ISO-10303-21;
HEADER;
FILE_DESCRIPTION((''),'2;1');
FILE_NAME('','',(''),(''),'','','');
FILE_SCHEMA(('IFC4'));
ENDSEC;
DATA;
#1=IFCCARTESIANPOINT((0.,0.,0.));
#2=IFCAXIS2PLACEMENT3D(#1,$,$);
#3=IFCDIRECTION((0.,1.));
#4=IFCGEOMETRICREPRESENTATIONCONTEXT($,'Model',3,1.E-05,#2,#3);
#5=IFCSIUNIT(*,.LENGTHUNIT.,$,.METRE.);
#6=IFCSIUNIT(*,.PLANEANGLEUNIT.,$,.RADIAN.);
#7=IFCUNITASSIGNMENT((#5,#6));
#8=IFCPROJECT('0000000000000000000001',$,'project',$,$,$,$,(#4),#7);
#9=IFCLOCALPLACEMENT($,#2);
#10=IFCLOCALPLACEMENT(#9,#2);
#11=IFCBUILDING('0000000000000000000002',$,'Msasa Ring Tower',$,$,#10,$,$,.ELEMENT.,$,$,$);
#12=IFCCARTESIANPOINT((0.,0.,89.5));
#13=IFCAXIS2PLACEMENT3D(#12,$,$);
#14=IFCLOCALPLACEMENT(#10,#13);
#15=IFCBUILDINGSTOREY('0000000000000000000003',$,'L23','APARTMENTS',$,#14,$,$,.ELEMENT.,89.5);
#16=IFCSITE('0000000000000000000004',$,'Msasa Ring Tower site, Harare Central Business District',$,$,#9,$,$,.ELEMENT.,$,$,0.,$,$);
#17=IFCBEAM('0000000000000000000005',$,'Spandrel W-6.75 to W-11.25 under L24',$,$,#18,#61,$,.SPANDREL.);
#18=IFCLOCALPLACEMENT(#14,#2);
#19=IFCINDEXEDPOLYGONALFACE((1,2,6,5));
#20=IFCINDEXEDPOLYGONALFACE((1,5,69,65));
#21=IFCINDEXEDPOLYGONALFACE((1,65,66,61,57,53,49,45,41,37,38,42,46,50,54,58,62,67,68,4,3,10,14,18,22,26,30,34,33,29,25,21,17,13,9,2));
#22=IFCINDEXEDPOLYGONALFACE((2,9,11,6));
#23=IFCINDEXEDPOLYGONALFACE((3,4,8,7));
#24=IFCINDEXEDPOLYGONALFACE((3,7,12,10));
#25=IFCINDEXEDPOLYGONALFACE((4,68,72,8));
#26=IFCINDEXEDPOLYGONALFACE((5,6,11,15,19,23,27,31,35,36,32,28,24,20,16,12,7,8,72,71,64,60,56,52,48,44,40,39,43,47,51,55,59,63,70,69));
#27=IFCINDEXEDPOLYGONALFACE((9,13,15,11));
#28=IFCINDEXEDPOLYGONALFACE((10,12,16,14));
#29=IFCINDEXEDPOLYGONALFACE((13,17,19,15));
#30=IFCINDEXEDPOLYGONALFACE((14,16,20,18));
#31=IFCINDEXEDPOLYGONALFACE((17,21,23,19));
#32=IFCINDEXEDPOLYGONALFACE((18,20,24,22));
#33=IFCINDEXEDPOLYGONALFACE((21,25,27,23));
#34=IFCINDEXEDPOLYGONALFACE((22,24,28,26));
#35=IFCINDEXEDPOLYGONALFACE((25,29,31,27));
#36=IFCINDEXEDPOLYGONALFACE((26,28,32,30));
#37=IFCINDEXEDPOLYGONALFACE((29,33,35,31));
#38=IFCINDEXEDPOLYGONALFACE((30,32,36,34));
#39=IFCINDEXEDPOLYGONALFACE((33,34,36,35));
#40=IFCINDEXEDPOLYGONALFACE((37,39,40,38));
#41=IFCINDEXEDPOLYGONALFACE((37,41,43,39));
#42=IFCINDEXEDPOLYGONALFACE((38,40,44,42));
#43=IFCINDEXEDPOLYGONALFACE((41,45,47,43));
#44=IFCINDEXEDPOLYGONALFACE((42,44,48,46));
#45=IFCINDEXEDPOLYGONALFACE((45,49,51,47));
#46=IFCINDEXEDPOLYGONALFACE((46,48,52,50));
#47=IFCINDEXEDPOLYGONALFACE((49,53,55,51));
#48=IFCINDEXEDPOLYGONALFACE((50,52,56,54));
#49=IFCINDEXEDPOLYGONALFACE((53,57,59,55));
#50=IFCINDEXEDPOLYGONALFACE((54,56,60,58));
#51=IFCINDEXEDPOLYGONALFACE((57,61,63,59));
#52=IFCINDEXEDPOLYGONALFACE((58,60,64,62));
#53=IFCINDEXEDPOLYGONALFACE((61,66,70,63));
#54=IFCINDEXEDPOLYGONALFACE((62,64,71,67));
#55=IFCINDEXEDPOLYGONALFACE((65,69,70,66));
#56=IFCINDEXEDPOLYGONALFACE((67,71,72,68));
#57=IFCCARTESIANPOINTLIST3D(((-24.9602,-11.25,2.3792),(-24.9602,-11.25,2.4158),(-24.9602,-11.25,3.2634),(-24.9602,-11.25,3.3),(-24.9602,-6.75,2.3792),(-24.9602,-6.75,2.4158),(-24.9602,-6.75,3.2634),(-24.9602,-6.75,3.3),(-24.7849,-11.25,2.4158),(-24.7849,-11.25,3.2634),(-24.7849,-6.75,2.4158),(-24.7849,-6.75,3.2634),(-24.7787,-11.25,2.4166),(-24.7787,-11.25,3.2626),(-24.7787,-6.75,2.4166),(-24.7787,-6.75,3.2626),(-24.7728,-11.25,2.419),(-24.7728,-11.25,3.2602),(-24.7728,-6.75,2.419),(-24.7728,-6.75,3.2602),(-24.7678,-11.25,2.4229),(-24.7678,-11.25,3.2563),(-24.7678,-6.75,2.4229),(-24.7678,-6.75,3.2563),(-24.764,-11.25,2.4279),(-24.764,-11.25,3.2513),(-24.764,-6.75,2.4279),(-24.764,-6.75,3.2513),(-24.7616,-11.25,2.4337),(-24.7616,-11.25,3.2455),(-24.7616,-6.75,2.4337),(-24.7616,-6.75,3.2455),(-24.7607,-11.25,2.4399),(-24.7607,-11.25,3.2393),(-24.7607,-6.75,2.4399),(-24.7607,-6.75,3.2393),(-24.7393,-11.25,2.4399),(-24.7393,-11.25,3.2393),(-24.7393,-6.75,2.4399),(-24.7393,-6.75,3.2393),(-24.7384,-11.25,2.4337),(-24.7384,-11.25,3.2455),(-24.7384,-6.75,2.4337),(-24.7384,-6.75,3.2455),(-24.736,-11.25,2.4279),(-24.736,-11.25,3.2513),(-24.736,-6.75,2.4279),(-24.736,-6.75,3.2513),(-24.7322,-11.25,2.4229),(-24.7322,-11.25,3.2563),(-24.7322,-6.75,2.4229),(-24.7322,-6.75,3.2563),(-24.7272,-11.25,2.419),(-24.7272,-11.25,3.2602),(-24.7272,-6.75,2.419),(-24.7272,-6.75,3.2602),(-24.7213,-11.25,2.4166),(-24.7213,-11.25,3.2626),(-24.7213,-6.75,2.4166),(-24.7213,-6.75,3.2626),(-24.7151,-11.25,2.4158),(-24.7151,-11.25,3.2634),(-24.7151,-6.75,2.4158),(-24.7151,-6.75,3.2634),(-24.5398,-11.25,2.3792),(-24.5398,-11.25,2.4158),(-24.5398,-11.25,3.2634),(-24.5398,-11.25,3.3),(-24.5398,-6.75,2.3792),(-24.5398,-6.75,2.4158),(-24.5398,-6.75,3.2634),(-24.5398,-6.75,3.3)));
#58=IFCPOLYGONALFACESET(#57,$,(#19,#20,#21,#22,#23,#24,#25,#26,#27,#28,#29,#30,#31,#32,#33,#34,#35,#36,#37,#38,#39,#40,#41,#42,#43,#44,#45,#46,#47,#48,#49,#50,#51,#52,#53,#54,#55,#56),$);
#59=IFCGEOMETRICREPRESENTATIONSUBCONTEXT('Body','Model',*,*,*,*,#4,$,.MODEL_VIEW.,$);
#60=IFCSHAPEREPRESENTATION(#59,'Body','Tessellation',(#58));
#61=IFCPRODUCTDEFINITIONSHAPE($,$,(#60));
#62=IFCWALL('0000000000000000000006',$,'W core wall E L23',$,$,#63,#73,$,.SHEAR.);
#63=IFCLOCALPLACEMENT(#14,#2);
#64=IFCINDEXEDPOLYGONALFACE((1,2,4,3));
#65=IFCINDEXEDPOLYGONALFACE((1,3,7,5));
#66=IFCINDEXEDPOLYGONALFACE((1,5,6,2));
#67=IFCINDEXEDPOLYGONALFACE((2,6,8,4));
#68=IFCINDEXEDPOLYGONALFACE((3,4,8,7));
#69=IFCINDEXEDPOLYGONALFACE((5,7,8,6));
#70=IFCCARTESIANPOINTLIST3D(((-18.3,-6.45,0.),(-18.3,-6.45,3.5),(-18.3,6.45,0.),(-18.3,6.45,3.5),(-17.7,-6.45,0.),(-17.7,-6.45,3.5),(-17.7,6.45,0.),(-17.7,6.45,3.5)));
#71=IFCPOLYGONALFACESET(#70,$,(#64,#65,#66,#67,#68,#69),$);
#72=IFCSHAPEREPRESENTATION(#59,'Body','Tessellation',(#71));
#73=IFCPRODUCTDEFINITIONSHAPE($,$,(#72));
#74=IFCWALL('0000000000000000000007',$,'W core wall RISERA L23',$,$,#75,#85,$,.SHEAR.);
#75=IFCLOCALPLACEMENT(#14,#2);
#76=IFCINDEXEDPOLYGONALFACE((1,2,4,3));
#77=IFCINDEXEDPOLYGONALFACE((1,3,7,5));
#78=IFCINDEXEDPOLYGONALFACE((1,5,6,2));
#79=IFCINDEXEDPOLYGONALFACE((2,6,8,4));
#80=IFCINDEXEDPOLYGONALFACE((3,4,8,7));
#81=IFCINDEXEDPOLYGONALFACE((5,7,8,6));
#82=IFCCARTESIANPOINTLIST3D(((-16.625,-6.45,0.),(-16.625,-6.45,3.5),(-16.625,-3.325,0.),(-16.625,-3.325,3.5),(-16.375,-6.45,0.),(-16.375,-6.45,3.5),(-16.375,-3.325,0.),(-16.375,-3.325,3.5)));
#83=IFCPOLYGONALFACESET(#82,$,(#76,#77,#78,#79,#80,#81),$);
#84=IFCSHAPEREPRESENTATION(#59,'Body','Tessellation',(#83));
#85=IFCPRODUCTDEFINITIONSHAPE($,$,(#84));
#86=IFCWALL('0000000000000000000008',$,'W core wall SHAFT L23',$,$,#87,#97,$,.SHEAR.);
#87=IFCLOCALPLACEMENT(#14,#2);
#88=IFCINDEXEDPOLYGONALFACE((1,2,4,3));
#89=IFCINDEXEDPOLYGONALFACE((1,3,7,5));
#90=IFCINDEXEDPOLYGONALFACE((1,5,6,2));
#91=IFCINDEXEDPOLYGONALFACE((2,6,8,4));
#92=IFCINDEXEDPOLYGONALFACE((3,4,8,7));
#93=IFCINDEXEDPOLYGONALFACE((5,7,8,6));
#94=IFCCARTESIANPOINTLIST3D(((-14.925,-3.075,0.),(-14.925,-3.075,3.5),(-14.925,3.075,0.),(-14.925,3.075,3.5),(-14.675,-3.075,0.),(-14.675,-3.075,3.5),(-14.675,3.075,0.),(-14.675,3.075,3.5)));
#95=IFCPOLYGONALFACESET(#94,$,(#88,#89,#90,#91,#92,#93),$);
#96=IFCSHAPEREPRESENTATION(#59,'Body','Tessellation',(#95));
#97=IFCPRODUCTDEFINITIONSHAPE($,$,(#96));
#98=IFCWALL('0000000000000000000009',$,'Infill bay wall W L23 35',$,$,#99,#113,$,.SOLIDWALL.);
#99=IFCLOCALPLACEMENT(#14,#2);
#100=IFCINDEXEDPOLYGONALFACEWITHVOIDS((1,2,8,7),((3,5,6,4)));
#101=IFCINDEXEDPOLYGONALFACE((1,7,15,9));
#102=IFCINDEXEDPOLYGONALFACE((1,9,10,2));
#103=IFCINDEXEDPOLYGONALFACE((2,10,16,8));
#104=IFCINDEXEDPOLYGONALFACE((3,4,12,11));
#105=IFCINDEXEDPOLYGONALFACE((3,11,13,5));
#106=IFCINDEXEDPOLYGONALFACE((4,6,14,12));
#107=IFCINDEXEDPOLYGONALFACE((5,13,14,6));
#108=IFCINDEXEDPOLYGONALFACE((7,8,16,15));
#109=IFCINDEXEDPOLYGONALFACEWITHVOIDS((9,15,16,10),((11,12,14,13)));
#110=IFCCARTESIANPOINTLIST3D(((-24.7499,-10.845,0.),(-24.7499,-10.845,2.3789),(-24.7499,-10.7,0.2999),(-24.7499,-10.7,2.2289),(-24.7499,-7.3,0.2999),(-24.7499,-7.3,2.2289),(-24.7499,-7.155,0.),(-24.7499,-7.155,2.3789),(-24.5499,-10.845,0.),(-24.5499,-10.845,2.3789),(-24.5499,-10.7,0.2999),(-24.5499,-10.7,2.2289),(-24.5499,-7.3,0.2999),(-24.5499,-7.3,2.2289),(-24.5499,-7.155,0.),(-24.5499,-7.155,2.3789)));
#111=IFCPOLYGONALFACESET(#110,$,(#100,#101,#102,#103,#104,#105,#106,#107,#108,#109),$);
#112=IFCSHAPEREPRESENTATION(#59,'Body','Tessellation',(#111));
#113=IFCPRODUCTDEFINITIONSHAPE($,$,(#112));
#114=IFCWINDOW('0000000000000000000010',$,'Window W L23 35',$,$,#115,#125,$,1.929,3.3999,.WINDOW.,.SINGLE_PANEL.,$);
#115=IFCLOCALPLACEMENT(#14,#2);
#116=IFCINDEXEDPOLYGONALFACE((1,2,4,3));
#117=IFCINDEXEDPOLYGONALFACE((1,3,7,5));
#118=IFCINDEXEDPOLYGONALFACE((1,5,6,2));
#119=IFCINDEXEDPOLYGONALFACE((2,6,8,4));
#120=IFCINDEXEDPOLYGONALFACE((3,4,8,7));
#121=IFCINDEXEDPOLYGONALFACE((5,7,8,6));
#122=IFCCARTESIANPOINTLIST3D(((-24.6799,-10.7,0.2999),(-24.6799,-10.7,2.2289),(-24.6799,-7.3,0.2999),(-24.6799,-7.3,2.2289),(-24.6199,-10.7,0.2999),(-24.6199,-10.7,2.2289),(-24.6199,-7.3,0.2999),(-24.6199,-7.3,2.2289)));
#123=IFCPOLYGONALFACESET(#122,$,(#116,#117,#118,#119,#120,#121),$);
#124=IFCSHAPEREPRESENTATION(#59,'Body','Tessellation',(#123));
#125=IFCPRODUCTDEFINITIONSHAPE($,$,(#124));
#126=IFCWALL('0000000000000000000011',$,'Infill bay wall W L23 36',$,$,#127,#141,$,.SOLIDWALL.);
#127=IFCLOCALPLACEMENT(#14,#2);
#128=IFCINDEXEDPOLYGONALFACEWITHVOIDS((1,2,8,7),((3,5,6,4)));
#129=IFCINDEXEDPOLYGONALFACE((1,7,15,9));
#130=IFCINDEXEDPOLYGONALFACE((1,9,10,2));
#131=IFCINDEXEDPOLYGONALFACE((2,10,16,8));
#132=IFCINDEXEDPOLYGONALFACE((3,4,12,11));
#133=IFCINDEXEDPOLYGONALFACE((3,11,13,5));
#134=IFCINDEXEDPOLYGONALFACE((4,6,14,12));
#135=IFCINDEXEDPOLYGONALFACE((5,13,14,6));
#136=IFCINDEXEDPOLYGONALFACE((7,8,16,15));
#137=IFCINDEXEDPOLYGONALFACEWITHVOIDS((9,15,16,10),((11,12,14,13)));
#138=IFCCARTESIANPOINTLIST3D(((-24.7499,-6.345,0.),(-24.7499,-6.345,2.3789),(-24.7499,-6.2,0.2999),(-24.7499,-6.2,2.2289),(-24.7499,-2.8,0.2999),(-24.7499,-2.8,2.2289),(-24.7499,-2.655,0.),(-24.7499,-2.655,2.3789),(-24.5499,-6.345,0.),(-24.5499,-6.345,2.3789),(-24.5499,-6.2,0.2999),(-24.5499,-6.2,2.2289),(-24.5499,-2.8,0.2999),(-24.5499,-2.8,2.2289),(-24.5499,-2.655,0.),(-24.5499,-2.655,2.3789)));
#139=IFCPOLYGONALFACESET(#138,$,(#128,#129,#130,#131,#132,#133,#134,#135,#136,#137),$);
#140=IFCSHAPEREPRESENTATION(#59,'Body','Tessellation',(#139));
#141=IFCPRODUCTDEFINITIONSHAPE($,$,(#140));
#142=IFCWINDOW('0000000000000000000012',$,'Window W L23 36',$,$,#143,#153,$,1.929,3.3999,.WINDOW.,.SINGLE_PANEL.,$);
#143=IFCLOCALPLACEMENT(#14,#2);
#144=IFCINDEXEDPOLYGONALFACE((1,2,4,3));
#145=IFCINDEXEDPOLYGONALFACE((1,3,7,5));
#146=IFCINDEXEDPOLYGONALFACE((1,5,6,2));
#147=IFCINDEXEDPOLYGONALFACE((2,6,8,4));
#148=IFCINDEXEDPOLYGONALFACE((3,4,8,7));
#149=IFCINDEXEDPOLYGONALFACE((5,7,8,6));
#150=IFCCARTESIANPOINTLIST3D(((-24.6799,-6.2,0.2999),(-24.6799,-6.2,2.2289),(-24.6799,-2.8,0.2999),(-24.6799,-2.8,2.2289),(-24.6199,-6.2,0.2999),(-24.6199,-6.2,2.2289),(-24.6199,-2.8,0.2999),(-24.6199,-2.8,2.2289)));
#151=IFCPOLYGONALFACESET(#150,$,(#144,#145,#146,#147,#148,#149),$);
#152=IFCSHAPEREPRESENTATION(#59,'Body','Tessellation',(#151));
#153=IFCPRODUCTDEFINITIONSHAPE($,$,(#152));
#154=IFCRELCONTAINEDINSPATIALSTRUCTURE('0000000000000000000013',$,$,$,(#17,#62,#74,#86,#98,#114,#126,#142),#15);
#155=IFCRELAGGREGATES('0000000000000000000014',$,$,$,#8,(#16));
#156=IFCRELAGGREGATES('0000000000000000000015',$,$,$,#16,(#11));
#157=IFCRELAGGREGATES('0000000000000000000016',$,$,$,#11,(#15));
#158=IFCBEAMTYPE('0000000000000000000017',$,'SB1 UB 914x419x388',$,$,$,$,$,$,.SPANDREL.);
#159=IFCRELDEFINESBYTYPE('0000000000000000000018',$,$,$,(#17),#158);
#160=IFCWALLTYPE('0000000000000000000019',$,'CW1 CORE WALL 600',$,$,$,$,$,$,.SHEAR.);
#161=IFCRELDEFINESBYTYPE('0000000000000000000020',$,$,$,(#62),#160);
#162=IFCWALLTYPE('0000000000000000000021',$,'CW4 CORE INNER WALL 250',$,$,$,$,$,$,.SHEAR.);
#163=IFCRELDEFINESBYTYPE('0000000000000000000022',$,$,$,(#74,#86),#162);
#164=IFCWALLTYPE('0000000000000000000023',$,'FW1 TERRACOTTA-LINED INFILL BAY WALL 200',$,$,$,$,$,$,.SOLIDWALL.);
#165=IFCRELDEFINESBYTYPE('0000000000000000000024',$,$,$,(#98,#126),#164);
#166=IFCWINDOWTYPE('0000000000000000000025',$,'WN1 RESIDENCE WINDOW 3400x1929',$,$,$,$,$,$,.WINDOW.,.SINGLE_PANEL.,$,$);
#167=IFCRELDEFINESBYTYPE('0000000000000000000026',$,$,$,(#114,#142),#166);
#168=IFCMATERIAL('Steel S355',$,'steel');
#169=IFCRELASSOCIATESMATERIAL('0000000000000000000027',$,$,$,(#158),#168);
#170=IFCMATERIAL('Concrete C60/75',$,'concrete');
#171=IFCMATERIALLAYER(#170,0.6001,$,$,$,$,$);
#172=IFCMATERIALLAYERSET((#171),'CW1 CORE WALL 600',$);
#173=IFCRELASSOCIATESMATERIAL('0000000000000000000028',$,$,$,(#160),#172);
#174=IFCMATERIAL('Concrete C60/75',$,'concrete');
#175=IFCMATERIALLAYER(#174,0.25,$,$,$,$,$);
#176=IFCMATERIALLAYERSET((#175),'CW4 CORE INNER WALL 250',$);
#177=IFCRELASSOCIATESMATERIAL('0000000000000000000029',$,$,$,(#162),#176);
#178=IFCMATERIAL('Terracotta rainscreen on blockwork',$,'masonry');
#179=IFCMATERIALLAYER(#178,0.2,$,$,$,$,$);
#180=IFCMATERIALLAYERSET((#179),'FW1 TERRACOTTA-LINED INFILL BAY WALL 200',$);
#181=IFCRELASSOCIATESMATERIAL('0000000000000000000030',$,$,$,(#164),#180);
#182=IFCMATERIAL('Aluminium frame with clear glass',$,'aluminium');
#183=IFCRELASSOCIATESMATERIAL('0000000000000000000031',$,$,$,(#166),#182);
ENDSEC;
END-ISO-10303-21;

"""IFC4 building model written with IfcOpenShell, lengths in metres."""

from ifc_helpers import new_model, si_unit, direction, frame, frame_2d, origin, origin_2d, place, context, subcontext, project, spatial, rectangle, i_section, extrude, material, layer, layer_set, material_profile, profile_set, type_object, element, fill, save


model = new_model("IFC4")

# Units and contexts
model_context = context("Model", 3, precision=1e-05, world=origin(), true_north=direction((0.0, 1.0)))
body_context = subcontext(model_context, "Body", "Model", "MODEL_VIEW")
ifc_project = project(units=[si_unit("LENGTHUNIT", "METRE"), si_unit("PLANEANGLEUNIT", "RADIAN")], contexts=[model_context])

# Site, building, storey
site_placement = place(None, origin())
site = spatial("IfcSite", under=ifc_project, at=site_placement, Name="Msasa Ring Tower site, Harare Central Business District", CompositionType="ELEMENT", RefElevation=0.0)
building_placement = place(site_placement, origin())
building = spatial("IfcBuilding", under=site, at=building_placement, Name="Msasa Ring Tower", CompositionType="ELEMENT")
storey_placement = place(building_placement, frame((0.0, 0.0, 89.5)))
storey = spatial("IfcBuildingStorey", under=building, at=storey_placement, Name="L23", Description="APARTMENTS", CompositionType="ELEMENT", Elevation=89.5)

# Beam
ifc_material_1 = material(Name="Steel S355", Category="steel")
ifc_material_profile_1 = material_profile(ifc_material_1, i_section(OverallWidth=0.4204, OverallDepth=0.9209, WebThickness=0.0215, FlangeThickness=0.0366, FilletRadius=0.0242, at=origin_2d()), Name="UB 914x419x388")
ifc_profile_set_1 = profile_set([ifc_material_profile_1], Name="Steel S355")
beam_type_1 = type_object("IfcBeamType", Name="SB1 UB 914x419x388", PredefinedType="SPANDREL", material=ifc_profile_set_1)
for number, where, z_axis, x_axis, name in (
    (1, (-24.75, -6.75, 2.8396), (0.0, -1.0, 0.0), (1.0, 0.0, 0.0), "Spandrel W-6.75 to W-11.25 under L24"),
):
    element("IfcBeam", number, at=place(storey_placement, frame(where, z_axis=z_axis, x_axis=x_axis)), inside=storey, type_object=beam_type_1, Name=name, PredefinedType="SPANDREL", context=body_context, shape_type="SweptSolid", body=[
        extrude(i_section(OverallWidth=0.4204, OverallDepth=0.9209, WebThickness=0.0215, FlangeThickness=0.0366, FilletRadius=0.0242, at=origin_2d()), origin(), (0.0, 0.0, 1.0), 4.5),
    ])

# Walls
ifc_material_2 = material(Name="Concrete C60/75", Category="concrete")
ifc_layer_1 = layer(ifc_material_2, 0.6001)
ifc_layer_set_1 = layer_set([ifc_layer_1], Name="CW1 CORE WALL 600")
wall_type_1 = type_object("IfcWallType", Name="CW1 CORE WALL 600", PredefinedType="SHEAR", material=ifc_layer_set_1)
wall_1_placement = place(storey_placement, frame((-18.0, -6.45, 0.0), z_axis=(0.0, 0.0, 1.0), x_axis=(0.0, 1.0, 0.0)))
element("IfcWall", 2, at=wall_1_placement, inside=storey, type_object=wall_type_1, Name="W core wall E L23", PredefinedType="SHEAR", context=body_context, shape_type="SweptSolid", body=[
    extrude(rectangle(XDim=12.8999, YDim=0.6001, at=frame_2d((6.45, 0.0))), origin(), (0.0, 0.0, 1.0), 3.5),
])
ifc_material_3 = material(Name="Concrete C60/75", Category="concrete")
ifc_layer_2 = layer(ifc_material_3, 0.25)
ifc_layer_set_2 = layer_set([ifc_layer_2], Name="CW4 CORE INNER WALL 250")
wall_type_2 = type_object("IfcWallType", Name="CW4 CORE INNER WALL 250", PredefinedType="SHEAR", material=ifc_layer_set_2)
wall_2_placement = place(storey_placement, frame((-16.5, -6.45, 0.0), z_axis=(0.0, 0.0, 1.0), x_axis=(0.0, 1.0, 0.0)))
element("IfcWall", 3, at=wall_2_placement, inside=storey, type_object=wall_type_2, Name="W core wall RISERA L23", PredefinedType="SHEAR", context=body_context, shape_type="SweptSolid", body=[
    extrude(rectangle(XDim=3.125, YDim=0.25, at=frame_2d((1.5625, 0.0))), origin(), (0.0, 0.0, 1.0), 3.5),
])
wall_3_placement = place(storey_placement, frame((-14.8, -3.075, 0.0), z_axis=(0.0, 0.0, 1.0), x_axis=(0.0, 1.0, 0.0)))
element("IfcWall", 4, at=wall_3_placement, inside=storey, type_object=wall_type_2, Name="W core wall SHAFT L23", PredefinedType="SHEAR", context=body_context, shape_type="SweptSolid", body=[
    extrude(rectangle(XDim=6.1499, YDim=0.25, at=frame_2d((3.075, 0.0))), origin(), (0.0, 0.0, 1.0), 3.5),
])

# Walls, openings, windows
ifc_material_4 = material(Name="Terracotta rainscreen on blockwork", Category="masonry")
ifc_layer_3 = layer(ifc_material_4, 0.2)
ifc_layer_set_3 = layer_set([ifc_layer_3], Name="FW1 TERRACOTTA-LINED INFILL BAY WALL 200")
wall_type_3 = type_object("IfcWallType", Name="FW1 TERRACOTTA-LINED INFILL BAY WALL 200", PredefinedType="SOLIDWALL", material=ifc_layer_set_3)
wall_4_placement = place(storey_placement, frame((-24.6499, -10.845, 0.0), z_axis=(0.0, 0.0, 1.0), x_axis=(0.0, 1.0, 0.0)))
wall_4 = element("IfcWall", 5, at=wall_4_placement, inside=storey, type_object=wall_type_3, Name="Infill bay wall W L23 35", PredefinedType="SOLIDWALL", context=body_context, shape_type="SweptSolid", body=[
    extrude(rectangle(XDim=3.6899, YDim=0.2, at=frame_2d((1.845, 0.0))), origin(), (0.0, 0.0, 1.0), 2.3789),
])
opening_1_placement = place(wall_4_placement, frame((0.145, 0.0, 0.3)))
opening_1 = element("IfcOpeningElement", 6, at=opening_1_placement, cuts=wall_4, PredefinedType="OPENING", context=body_context, shape_type="SweptSolid", body=[
    extrude(rectangle(XDim=3.3999, YDim=1.929, at=frame_2d((1.7, 0.9644))), frame((0.0, 0.1099, 0.0), z_axis=(0.0, -1.0, 0.0), x_axis=(1.0, 0.0, 0.0)), (0.0, 0.0, 1.0), 0.22),
])
ifc_material_5 = material(Name="Aluminium frame with clear glass", Category="aluminium")
window_type = type_object("IfcWindowType", Name="WN1 RESIDENCE WINDOW 3400x1929", PartitioningType="SINGLE_PANEL", PredefinedType="WINDOW", material=ifc_material_5)
window_1_placement = place(opening_1_placement, origin())
window_1 = element("IfcWindow", 7, at=window_1_placement, inside=storey, type_object=window_type, Name="Window W L23 35", OverallHeight=1.929, OverallWidth=3.3999, PartitioningType="SINGLE_PANEL", PredefinedType="WINDOW", context=body_context, shape_type="SweptSolid", body=[
    extrude(rectangle(XDim=3.3999, YDim=1.929, at=frame_2d((1.7, 0.9644))), frame((0.0, 0.03, 0.0), z_axis=(0.0, -1.0, 0.0), x_axis=(1.0, 0.0, 0.0)), (0.0, 0.0, 1.0), 0.0601),
])
fill(opening_1, window_1)
wall_5_placement = place(storey_placement, frame((-24.6499, -6.345, 0.0), z_axis=(0.0, 0.0, 1.0), x_axis=(0.0, 1.0, 0.0)))
wall_5 = element("IfcWall", 8, at=wall_5_placement, inside=storey, type_object=wall_type_3, Name="Infill bay wall W L23 36", PredefinedType="SOLIDWALL", context=body_context, shape_type="SweptSolid", body=[
    extrude(rectangle(XDim=3.6899, YDim=0.2, at=frame_2d((1.845, 0.0))), origin(), (0.0, 0.0, 1.0), 2.3789),
])
opening_2_placement = place(wall_5_placement, frame((0.145, 0.0, 0.3)))
opening_2 = element("IfcOpeningElement", 9, at=opening_2_placement, cuts=wall_5, PredefinedType="OPENING", context=body_context, shape_type="SweptSolid", body=[
    extrude(rectangle(XDim=3.3999, YDim=1.929, at=frame_2d((1.7, 0.9644))), frame((0.0, 0.1099, 0.0), z_axis=(0.0, -1.0, 0.0), x_axis=(1.0, 0.0, 0.0)), (0.0, 0.0, 1.0), 0.22),
])
window_2_placement = place(opening_2_placement, origin())
window_2 = element("IfcWindow", 10, at=window_2_placement, inside=storey, type_object=window_type, Name="Window W L23 36", OverallHeight=1.929, OverallWidth=3.3999, PartitioningType="SINGLE_PANEL", PredefinedType="WINDOW", context=body_context, shape_type="SweptSolid", body=[
    extrude(rectangle(XDim=3.3999, YDim=1.929, at=frame_2d((1.7, 0.9644))), frame((0.0, 0.03, 0.0), z_axis=(0.0, -1.0, 0.0), x_axis=(1.0, 0.0, 0.0)), (0.0, 0.0, 1.0), 0.0601),
])
fill(opening_2, window_2)

save(model, "model.ifc")
